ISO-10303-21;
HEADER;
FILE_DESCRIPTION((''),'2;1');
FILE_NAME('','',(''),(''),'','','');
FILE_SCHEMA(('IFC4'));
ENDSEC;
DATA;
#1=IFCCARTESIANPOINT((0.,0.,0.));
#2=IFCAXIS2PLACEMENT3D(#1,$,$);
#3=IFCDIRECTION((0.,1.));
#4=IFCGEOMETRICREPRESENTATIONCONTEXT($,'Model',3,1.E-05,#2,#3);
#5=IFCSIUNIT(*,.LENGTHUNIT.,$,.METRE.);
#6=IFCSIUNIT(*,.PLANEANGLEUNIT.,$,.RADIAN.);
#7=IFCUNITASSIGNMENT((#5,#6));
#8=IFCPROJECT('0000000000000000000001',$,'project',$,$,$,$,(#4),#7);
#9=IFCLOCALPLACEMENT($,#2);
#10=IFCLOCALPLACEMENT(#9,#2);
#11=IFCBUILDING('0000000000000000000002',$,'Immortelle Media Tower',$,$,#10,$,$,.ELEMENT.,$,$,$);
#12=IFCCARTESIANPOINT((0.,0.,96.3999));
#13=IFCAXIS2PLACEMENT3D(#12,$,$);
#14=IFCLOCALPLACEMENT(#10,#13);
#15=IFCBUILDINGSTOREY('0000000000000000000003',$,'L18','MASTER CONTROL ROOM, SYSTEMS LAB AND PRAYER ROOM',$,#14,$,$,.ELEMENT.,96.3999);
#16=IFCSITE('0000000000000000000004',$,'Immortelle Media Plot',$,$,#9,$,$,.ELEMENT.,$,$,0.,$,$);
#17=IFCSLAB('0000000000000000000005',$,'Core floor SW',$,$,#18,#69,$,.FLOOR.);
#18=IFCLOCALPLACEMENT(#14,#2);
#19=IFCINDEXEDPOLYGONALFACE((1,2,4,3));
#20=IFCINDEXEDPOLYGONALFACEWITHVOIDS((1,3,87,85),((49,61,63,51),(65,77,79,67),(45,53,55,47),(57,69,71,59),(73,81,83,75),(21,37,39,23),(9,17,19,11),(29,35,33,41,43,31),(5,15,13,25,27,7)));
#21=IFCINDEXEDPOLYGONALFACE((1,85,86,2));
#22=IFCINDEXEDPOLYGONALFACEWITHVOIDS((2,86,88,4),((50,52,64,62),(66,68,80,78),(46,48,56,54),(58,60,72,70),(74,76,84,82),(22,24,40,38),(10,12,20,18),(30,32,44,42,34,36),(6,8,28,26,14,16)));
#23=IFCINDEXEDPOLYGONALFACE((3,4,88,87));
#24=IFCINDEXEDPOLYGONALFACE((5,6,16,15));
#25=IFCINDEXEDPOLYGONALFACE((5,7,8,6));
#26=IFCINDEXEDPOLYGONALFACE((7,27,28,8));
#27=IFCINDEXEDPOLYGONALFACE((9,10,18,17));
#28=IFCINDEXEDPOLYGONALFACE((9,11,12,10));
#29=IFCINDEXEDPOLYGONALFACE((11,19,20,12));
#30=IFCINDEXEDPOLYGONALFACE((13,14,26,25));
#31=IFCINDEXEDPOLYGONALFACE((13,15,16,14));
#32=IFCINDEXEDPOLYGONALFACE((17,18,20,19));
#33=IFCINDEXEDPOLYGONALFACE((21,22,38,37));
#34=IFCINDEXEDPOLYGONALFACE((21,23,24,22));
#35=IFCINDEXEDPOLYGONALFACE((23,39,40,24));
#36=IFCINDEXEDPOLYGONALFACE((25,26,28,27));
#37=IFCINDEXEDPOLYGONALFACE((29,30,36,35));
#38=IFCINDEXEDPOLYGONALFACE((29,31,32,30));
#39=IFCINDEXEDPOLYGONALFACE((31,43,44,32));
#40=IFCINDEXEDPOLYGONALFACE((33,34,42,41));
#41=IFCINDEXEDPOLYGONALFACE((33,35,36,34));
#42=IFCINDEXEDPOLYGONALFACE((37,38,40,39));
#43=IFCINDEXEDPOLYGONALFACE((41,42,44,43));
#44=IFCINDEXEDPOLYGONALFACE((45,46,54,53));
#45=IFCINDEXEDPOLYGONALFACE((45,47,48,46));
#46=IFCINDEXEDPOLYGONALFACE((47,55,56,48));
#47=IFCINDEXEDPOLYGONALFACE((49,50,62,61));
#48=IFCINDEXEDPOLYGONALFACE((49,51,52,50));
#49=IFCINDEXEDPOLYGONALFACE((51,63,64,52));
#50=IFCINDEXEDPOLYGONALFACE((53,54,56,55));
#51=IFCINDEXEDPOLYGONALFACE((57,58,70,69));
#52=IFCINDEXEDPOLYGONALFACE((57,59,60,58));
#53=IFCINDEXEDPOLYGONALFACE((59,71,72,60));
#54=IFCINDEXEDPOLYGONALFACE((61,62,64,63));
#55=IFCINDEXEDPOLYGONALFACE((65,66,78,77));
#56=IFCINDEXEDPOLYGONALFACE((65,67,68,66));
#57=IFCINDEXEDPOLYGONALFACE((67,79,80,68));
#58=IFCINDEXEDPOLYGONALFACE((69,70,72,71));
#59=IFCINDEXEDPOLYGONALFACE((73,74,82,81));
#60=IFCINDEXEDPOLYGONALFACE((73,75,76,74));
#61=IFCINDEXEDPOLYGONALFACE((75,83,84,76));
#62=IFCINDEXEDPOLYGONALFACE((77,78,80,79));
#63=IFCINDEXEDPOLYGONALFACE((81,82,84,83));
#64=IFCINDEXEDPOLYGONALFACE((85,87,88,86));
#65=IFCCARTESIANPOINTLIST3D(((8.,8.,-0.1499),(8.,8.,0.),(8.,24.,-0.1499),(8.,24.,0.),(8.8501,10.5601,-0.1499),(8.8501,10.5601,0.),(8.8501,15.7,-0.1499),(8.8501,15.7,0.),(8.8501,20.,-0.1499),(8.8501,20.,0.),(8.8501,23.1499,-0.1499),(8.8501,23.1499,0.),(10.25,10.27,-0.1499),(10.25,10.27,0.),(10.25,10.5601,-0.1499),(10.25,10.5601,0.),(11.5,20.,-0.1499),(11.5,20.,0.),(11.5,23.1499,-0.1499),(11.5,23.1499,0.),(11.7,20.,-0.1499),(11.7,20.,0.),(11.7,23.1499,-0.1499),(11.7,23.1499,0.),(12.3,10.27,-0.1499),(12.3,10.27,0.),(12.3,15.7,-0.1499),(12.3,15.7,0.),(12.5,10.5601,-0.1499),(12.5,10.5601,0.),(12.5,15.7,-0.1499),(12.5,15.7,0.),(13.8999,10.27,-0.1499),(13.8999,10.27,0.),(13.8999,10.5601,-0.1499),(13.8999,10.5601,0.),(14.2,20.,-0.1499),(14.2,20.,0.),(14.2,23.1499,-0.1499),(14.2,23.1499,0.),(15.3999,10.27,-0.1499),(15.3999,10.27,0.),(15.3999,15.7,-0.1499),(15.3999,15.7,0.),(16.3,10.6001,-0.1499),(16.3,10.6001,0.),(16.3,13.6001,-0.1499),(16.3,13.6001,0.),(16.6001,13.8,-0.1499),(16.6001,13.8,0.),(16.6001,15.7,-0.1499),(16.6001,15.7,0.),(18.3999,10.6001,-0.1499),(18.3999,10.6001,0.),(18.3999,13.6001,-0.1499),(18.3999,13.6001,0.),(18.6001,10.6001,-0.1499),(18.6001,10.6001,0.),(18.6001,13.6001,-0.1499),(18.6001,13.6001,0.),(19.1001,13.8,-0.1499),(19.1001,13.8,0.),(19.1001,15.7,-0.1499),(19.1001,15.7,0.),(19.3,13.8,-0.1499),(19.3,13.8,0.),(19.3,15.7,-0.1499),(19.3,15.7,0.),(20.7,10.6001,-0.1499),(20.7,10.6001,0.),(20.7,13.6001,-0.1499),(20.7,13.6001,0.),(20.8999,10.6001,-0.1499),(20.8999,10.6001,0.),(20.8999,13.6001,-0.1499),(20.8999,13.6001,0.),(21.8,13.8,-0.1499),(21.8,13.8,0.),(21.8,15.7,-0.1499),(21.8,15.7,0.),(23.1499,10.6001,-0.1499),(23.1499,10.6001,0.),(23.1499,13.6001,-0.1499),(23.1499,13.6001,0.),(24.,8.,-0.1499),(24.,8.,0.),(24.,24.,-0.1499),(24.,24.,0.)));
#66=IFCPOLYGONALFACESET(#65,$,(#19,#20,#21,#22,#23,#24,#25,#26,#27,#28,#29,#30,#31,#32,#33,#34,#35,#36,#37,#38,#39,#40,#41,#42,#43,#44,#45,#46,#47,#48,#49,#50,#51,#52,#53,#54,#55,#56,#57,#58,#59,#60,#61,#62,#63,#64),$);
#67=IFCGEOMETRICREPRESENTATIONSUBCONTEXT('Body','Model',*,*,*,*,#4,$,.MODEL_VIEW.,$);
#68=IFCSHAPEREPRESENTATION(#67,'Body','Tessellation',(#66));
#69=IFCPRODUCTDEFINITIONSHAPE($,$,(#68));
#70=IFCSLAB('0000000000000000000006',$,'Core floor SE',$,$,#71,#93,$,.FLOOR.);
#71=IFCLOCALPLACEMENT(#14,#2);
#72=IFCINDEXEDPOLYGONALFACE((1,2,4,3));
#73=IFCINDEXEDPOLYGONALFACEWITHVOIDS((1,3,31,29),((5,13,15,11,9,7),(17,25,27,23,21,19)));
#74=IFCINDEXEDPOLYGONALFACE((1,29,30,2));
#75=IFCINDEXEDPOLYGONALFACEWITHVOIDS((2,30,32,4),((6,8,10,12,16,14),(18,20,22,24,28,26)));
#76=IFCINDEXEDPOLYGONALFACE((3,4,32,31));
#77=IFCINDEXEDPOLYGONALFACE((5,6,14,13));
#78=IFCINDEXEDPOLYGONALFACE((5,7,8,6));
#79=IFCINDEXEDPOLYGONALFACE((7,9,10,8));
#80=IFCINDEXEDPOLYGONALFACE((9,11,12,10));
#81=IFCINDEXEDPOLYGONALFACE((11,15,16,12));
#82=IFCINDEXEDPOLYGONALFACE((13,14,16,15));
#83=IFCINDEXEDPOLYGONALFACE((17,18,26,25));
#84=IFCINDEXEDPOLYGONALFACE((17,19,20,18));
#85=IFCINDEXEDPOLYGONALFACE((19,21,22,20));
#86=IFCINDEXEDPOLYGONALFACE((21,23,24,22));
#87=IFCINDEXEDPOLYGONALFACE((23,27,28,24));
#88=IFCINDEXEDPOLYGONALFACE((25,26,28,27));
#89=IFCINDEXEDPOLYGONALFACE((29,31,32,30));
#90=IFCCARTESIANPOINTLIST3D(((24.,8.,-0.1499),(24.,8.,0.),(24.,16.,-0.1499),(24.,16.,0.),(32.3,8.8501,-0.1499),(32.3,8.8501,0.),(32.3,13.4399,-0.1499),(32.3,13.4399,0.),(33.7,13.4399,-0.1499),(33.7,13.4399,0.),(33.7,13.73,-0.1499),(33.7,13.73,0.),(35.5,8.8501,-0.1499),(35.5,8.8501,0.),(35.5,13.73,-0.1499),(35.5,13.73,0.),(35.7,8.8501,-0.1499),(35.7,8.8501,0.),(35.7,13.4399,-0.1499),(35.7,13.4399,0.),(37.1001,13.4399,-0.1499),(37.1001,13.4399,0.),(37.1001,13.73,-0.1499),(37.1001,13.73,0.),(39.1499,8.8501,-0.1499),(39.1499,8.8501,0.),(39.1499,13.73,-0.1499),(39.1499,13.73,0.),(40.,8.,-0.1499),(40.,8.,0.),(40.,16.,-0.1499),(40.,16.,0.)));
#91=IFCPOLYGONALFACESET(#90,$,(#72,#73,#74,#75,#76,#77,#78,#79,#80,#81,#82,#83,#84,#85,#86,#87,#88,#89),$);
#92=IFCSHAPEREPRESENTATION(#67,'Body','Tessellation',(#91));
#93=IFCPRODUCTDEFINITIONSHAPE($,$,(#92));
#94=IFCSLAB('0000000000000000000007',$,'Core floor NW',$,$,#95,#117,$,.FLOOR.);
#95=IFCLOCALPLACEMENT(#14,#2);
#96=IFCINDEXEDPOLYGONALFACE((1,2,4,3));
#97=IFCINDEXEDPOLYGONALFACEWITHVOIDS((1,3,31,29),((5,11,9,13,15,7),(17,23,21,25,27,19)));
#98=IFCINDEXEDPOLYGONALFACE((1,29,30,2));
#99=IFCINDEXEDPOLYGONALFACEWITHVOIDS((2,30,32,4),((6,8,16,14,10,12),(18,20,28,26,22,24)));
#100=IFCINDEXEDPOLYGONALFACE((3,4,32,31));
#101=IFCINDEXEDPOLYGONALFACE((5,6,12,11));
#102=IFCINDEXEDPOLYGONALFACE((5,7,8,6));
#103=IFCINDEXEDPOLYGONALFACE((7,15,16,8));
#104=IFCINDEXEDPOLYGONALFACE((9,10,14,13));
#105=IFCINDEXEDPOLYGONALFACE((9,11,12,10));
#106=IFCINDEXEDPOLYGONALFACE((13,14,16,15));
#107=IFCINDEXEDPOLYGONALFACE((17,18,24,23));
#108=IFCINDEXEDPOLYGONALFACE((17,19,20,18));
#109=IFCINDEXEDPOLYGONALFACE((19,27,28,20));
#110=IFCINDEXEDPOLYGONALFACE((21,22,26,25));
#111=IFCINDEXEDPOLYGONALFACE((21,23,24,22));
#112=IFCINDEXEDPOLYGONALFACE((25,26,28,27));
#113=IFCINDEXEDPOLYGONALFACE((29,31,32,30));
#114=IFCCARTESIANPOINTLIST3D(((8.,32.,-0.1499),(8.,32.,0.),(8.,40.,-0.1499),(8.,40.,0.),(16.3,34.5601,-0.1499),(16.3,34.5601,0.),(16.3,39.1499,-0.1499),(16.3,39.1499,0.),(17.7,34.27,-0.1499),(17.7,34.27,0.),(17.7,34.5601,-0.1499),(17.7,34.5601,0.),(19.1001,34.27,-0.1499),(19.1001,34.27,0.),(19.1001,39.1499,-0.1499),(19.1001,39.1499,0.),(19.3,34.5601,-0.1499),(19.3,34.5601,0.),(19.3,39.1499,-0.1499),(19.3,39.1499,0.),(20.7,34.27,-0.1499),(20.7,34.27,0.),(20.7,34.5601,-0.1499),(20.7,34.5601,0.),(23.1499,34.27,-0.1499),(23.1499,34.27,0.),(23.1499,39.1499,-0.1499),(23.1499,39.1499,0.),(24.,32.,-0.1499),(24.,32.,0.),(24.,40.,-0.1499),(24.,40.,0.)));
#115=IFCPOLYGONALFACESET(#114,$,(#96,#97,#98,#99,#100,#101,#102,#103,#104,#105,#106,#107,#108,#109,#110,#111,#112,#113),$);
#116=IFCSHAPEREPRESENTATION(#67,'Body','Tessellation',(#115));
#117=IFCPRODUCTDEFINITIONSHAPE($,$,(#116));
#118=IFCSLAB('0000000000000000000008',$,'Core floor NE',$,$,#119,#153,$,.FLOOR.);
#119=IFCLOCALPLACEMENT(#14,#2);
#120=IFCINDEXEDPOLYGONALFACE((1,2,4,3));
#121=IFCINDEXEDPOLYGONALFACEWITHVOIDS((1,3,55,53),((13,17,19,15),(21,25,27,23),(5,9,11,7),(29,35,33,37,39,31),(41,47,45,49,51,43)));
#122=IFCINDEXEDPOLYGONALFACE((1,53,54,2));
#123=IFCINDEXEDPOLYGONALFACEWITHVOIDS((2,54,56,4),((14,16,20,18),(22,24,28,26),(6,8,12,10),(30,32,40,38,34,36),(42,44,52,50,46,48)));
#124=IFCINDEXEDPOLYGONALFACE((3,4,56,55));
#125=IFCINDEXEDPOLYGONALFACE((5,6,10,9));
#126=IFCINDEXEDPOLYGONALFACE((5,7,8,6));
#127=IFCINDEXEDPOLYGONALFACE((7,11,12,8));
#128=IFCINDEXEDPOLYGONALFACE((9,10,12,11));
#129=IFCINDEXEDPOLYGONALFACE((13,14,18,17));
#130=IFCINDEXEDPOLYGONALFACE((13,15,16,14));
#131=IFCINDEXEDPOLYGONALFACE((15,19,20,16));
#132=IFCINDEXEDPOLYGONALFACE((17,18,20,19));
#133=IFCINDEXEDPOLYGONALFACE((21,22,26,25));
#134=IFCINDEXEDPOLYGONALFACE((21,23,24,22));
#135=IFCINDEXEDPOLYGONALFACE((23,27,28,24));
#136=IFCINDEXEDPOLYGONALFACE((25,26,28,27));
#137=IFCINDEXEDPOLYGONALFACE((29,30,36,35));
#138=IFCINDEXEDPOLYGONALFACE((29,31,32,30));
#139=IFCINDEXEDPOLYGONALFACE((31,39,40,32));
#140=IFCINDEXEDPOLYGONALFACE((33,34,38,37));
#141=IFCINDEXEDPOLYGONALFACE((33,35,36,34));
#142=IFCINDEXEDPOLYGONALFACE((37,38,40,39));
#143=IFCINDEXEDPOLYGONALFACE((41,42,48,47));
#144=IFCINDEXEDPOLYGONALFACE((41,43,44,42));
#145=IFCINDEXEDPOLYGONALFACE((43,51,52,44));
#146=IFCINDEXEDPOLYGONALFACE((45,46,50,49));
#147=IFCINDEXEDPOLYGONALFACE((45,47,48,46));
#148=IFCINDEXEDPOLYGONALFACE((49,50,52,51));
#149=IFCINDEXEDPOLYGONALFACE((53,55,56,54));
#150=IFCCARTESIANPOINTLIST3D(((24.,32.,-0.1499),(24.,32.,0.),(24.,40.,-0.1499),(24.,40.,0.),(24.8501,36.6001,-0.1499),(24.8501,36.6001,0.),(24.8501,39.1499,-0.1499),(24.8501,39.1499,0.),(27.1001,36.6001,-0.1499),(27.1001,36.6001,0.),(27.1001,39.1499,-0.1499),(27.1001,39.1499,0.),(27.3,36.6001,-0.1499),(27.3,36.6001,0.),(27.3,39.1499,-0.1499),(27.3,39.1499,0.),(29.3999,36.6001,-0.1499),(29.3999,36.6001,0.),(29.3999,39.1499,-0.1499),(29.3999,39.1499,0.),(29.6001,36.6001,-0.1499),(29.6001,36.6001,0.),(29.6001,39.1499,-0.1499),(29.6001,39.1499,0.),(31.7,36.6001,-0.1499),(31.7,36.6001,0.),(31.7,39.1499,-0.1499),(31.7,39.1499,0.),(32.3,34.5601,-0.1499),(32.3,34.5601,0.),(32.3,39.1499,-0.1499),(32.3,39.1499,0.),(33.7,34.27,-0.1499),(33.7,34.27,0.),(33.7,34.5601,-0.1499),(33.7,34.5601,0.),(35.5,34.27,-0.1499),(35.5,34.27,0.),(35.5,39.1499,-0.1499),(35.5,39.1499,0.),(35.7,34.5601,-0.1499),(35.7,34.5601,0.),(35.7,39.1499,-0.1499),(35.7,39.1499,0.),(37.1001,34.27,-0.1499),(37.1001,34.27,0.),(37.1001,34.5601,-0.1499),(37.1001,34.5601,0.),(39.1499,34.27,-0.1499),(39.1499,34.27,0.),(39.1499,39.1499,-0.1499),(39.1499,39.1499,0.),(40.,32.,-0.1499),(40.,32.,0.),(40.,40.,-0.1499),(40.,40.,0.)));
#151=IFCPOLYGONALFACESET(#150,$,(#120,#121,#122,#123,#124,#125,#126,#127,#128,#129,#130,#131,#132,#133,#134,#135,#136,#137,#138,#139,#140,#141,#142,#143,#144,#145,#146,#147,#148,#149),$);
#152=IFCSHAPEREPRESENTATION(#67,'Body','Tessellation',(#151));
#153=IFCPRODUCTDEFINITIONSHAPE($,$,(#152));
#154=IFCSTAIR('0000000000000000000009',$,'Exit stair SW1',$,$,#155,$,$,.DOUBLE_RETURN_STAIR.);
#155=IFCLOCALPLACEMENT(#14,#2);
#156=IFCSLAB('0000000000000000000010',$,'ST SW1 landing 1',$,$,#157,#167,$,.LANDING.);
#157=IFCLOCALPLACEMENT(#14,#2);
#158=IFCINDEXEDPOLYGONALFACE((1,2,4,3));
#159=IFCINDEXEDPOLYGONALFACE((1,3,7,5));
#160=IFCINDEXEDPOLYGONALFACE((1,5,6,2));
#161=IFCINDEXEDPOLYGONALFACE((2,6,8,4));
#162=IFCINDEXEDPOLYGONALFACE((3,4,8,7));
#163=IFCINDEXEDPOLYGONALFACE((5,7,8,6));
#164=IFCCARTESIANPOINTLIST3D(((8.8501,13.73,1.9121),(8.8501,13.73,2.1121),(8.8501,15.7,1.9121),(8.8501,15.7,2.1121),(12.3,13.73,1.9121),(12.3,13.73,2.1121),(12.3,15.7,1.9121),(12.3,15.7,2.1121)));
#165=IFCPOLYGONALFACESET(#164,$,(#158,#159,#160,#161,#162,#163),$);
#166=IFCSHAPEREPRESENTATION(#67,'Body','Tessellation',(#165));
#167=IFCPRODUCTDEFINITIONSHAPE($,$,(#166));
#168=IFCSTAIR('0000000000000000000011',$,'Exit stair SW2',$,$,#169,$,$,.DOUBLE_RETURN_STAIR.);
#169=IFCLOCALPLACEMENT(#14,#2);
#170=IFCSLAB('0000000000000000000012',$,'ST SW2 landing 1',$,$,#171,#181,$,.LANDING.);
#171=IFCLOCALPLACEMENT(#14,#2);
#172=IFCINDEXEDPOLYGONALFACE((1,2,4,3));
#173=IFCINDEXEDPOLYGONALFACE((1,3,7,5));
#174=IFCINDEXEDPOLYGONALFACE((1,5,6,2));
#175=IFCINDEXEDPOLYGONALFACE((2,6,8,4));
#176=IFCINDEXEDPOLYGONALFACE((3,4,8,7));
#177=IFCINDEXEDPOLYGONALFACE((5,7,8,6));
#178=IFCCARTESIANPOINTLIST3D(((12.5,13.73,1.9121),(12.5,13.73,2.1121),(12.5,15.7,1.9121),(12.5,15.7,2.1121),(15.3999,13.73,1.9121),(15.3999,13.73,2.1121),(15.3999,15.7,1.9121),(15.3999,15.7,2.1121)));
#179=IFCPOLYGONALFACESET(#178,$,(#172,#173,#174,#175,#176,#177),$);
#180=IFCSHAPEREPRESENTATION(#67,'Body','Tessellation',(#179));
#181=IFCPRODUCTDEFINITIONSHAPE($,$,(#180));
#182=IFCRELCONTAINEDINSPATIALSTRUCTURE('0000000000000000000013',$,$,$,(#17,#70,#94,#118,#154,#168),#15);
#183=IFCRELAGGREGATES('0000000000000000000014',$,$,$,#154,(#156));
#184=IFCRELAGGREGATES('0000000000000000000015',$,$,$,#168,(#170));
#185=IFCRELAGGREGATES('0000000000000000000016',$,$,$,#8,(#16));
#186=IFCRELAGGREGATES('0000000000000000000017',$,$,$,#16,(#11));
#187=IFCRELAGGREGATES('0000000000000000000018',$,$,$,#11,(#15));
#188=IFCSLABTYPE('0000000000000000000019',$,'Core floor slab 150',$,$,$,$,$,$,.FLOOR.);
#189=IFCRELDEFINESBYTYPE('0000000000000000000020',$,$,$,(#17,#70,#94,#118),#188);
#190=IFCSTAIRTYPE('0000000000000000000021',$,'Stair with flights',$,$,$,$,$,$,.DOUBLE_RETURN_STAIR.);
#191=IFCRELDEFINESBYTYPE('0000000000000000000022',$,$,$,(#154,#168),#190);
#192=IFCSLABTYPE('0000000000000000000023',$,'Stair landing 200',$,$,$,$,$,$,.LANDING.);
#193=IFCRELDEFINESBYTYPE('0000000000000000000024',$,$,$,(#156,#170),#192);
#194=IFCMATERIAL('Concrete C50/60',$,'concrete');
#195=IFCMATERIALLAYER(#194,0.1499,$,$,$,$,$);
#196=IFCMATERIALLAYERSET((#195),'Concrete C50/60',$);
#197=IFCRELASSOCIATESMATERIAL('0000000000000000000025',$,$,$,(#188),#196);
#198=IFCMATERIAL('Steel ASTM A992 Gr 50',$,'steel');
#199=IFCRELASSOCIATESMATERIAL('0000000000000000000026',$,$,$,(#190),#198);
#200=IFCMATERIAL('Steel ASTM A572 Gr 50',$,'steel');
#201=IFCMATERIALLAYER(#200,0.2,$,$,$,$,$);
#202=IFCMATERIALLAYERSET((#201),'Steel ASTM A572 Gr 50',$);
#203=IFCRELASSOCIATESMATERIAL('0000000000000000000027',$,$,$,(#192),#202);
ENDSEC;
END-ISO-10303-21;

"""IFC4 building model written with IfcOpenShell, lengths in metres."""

from ifc_helpers import new_model, si_unit, direction, frame, origin, place, context, subcontext, project, spatial, polyline, outline, extrude, material, layer, layer_set, type_object, element, aggregate, save


model = new_model("IFC4")

# Units and contexts
model_context = context("Model", 3, precision=1e-05, world=origin(), true_north=direction((0.0, 1.0)))
body_context = subcontext(model_context, "Body", "Model", "MODEL_VIEW")
ifc_project = project(units=[si_unit("LENGTHUNIT", "METRE"), si_unit("PLANEANGLEUNIT", "RADIAN")], contexts=[model_context])

# Site, building, storey
site_placement = place(None, origin())
site = spatial("IfcSite", under=ifc_project, at=site_placement, Name="Immortelle Media Plot", CompositionType="ELEMENT", RefElevation=0.0)
building_placement = place(site_placement, origin())
building = spatial("IfcBuilding", under=site, at=building_placement, Name="Immortelle Media Tower", CompositionType="ELEMENT")
storey_placement = place(building_placement, frame((0.0, 0.0, 96.3999)))
storey = spatial("IfcBuildingStorey", under=building, at=storey_placement, Name="L18", Description="MASTER CONTROL ROOM, SYSTEMS LAB AND PRAYER ROOM", CompositionType="ELEMENT", Elevation=96.3999)

# Slabs
ifc_material_1 = material(Name="Concrete C50/60", Category="concrete")
ifc_layer_1 = layer(ifc_material_1, 0.1499)
ifc_layer_set_1 = layer_set([ifc_layer_1], Name="Concrete C50/60")
slab_type_1 = type_object("IfcSlabType", Name="Core floor slab 150", PredefinedType="FLOOR", material=ifc_layer_set_1)
slab_1_placement = place(storey_placement, frame((0.0, 0.0, -0.1499)))
element("IfcSlab", 1, at=slab_1_placement, inside=storey, type_object=slab_type_1, Name="Core floor SW", PredefinedType="FLOOR", context=body_context, shape_type="SweptSolid", body=[
    extrude(outline(polyline([(8.0, 8.0), (24.0, 8.0), (24.0, 24.0), (8.0, 24.0), (8.0, 8.0)]), holes=[polyline([(8.8501, 20.0), (11.5, 20.0), (11.5, 23.1499), (8.8501, 23.1499), (8.8501, 20.0)]), polyline([(11.7, 20.0), (14.2, 20.0), (14.2, 23.1499), (11.7, 23.1499), (11.7, 20.0)]), polyline([(16.6001, 13.8), (19.1001, 13.8), (19.1001, 15.7), (16.6001, 15.7), (16.6001, 13.8)]), polyline([(19.3, 13.8), (21.8, 13.8), (21.8, 15.7), (19.3, 15.7), (19.3, 13.8)]), polyline([(16.3, 10.6001), (18.3999, 10.6001), (18.3999, 13.6001), (16.3, 13.6001), (16.3, 10.6001)]), polyline([(18.6001, 10.6001), (20.7, 10.6001), (20.7, 13.6001), (18.6001, 13.6001), (18.6001, 10.6001)]), polyline([(20.8999, 10.6001), (23.1499, 10.6001), (23.1499, 13.6001), (20.8999, 13.6001), (20.8999, 10.6001)]), polyline([(8.8501, 15.7), (12.3, 15.7), (12.3, 10.27), (10.25, 10.27), (10.25, 10.5601), (8.8501, 10.5601), (8.8501, 15.7)]), polyline([(12.5, 15.7), (15.3999, 15.7), (15.3999, 10.27), (13.8999, 10.27), (13.8999, 10.5601), (12.5, 10.5601), (12.5, 15.7)])]), origin(), (0.0, 0.0, 1.0), 0.1499),
])
slab_2_placement = place(storey_placement, frame((0.0, 0.0, -0.1499)))
element("IfcSlab", 2, at=slab_2_placement, inside=storey, type_object=slab_type_1, Name="Core floor SE", PredefinedType="FLOOR", context=body_context, shape_type="SweptSolid", body=[
    extrude(outline(polyline([(24.0, 8.0), (40.0, 8.0), (40.0, 16.0), (24.0, 16.0), (24.0, 8.0)]), holes=[polyline([(35.5, 13.73), (35.5, 8.8501), (32.3, 8.8501), (32.3, 13.4399), (33.7, 13.4399), (33.7, 13.73), (35.5, 13.73)]), polyline([(39.1499, 13.73), (39.1499, 8.8501), (35.7, 8.8501), (35.7, 13.4399), (37.1001, 13.4399), (37.1001, 13.73), (39.1499, 13.73)])]), origin(), (0.0, 0.0, 1.0), 0.1499),
])
slab_3_placement = place(storey_placement, frame((0.0, 0.0, -0.1499)))
element("IfcSlab", 3, at=slab_3_placement, inside=storey, type_object=slab_type_1, Name="Core floor NW", PredefinedType="FLOOR", context=body_context, shape_type="SweptSolid", body=[
    extrude(outline(polyline([(8.0, 32.0), (24.0, 32.0), (24.0, 40.0), (8.0, 40.0), (8.0, 32.0)]), holes=[polyline([(16.3, 39.1499), (19.1001, 39.1499), (19.1001, 34.27), (17.7, 34.27), (17.7, 34.5601), (16.3, 34.5601), (16.3, 39.1499)]), polyline([(19.3, 39.1499), (23.1499, 39.1499), (23.1499, 34.27), (20.7, 34.27), (20.7, 34.5601), (19.3, 34.5601), (19.3, 39.1499)])]), origin(), (0.0, 0.0, 1.0), 0.1499),
])
slab_4_placement = place(storey_placement, frame((0.0, 0.0, -0.1499)))
element("IfcSlab", 4, at=slab_4_placement, inside=storey, type_object=slab_type_1, Name="Core floor NE", PredefinedType="FLOOR", context=body_context, shape_type="SweptSolid", body=[
    extrude(outline(polyline([(24.0, 32.0), (40.0, 32.0), (40.0, 40.0), (24.0, 40.0), (24.0, 32.0)]), holes=[polyline([(24.8501, 36.6001), (27.1001, 36.6001), (27.1001, 39.1499), (24.8501, 39.1499), (24.8501, 36.6001)]), polyline([(27.3, 36.6001), (29.3999, 36.6001), (29.3999, 39.1499), (27.3, 39.1499), (27.3, 36.6001)]), polyline([(29.6001, 36.6001), (31.7, 36.6001), (31.7, 39.1499), (29.6001, 39.1499), (29.6001, 36.6001)]), polyline([(32.3, 39.1499), (35.5, 39.1499), (35.5, 34.27), (33.7, 34.27), (33.7, 34.5601), (32.3, 34.5601), (32.3, 39.1499)]), polyline([(35.7, 39.1499), (39.1499, 39.1499), (39.1499, 34.27), (37.1001, 34.27), (37.1001, 34.5601), (35.7, 34.5601), (35.7, 39.1499)])]), origin(), (0.0, 0.0, 1.0), 0.1499),
])

# Stairs, slabs
ifc_material_2 = material(Name="Steel ASTM A992 Gr 50", Category="steel")
stair_type = type_object("IfcStairType", Name="Stair with flights", PredefinedType="DOUBLE_RETURN_STAIR", material=ifc_material_2)
stair_1_placement = place(storey_placement, origin())
stair_1 = element("IfcStair", 5, at=stair_1_placement, inside=storey, type_object=stair_type, Name="Exit stair SW1", PredefinedType="DOUBLE_RETURN_STAIR")
ifc_material_3 = material(Name="Steel ASTM A572 Gr 50", Category="steel")
ifc_layer_2 = layer(ifc_material_3, 0.2)
ifc_layer_set_2 = layer_set([ifc_layer_2], Name="Steel ASTM A572 Gr 50")
slab_type_2 = type_object("IfcSlabType", Name="Stair landing 200", PredefinedType="LANDING", material=ifc_layer_set_2)
slab_5_placement = place(storey_placement, frame((0.0, 0.0, 1.9121)))
slab_5 = element("IfcSlab", 6, at=slab_5_placement, type_object=slab_type_2, Name="ST SW1 landing 1", PredefinedType="LANDING", context=body_context, shape_type="SweptSolid", body=[
    extrude(outline(polyline([(8.8501, 13.73), (12.3, 13.73), (12.3, 15.7), (8.8501, 15.7), (8.8501, 13.73)])), origin(), (0.0, 0.0, 1.0), 0.2),
])
aggregate(stair_1, [slab_5])
stair_2_placement = place(storey_placement, origin())
stair_2 = element("IfcStair", 7, at=stair_2_placement, inside=storey, type_object=stair_type, Name="Exit stair SW2", PredefinedType="DOUBLE_RETURN_STAIR")
slab_6_placement = place(storey_placement, frame((0.0, 0.0, 1.9121)))
slab_6 = element("IfcSlab", 8, at=slab_6_placement, type_object=slab_type_2, Name="ST SW2 landing 1", PredefinedType="LANDING", context=body_context, shape_type="SweptSolid", body=[
    extrude(outline(polyline([(12.5, 13.73), (15.3999, 13.73), (15.3999, 15.7), (12.5, 15.7), (12.5, 13.73)])), origin(), (0.0, 0.0, 1.0), 0.2),
])
aggregate(stair_2, [slab_6])

save(model, "model.ifc")
